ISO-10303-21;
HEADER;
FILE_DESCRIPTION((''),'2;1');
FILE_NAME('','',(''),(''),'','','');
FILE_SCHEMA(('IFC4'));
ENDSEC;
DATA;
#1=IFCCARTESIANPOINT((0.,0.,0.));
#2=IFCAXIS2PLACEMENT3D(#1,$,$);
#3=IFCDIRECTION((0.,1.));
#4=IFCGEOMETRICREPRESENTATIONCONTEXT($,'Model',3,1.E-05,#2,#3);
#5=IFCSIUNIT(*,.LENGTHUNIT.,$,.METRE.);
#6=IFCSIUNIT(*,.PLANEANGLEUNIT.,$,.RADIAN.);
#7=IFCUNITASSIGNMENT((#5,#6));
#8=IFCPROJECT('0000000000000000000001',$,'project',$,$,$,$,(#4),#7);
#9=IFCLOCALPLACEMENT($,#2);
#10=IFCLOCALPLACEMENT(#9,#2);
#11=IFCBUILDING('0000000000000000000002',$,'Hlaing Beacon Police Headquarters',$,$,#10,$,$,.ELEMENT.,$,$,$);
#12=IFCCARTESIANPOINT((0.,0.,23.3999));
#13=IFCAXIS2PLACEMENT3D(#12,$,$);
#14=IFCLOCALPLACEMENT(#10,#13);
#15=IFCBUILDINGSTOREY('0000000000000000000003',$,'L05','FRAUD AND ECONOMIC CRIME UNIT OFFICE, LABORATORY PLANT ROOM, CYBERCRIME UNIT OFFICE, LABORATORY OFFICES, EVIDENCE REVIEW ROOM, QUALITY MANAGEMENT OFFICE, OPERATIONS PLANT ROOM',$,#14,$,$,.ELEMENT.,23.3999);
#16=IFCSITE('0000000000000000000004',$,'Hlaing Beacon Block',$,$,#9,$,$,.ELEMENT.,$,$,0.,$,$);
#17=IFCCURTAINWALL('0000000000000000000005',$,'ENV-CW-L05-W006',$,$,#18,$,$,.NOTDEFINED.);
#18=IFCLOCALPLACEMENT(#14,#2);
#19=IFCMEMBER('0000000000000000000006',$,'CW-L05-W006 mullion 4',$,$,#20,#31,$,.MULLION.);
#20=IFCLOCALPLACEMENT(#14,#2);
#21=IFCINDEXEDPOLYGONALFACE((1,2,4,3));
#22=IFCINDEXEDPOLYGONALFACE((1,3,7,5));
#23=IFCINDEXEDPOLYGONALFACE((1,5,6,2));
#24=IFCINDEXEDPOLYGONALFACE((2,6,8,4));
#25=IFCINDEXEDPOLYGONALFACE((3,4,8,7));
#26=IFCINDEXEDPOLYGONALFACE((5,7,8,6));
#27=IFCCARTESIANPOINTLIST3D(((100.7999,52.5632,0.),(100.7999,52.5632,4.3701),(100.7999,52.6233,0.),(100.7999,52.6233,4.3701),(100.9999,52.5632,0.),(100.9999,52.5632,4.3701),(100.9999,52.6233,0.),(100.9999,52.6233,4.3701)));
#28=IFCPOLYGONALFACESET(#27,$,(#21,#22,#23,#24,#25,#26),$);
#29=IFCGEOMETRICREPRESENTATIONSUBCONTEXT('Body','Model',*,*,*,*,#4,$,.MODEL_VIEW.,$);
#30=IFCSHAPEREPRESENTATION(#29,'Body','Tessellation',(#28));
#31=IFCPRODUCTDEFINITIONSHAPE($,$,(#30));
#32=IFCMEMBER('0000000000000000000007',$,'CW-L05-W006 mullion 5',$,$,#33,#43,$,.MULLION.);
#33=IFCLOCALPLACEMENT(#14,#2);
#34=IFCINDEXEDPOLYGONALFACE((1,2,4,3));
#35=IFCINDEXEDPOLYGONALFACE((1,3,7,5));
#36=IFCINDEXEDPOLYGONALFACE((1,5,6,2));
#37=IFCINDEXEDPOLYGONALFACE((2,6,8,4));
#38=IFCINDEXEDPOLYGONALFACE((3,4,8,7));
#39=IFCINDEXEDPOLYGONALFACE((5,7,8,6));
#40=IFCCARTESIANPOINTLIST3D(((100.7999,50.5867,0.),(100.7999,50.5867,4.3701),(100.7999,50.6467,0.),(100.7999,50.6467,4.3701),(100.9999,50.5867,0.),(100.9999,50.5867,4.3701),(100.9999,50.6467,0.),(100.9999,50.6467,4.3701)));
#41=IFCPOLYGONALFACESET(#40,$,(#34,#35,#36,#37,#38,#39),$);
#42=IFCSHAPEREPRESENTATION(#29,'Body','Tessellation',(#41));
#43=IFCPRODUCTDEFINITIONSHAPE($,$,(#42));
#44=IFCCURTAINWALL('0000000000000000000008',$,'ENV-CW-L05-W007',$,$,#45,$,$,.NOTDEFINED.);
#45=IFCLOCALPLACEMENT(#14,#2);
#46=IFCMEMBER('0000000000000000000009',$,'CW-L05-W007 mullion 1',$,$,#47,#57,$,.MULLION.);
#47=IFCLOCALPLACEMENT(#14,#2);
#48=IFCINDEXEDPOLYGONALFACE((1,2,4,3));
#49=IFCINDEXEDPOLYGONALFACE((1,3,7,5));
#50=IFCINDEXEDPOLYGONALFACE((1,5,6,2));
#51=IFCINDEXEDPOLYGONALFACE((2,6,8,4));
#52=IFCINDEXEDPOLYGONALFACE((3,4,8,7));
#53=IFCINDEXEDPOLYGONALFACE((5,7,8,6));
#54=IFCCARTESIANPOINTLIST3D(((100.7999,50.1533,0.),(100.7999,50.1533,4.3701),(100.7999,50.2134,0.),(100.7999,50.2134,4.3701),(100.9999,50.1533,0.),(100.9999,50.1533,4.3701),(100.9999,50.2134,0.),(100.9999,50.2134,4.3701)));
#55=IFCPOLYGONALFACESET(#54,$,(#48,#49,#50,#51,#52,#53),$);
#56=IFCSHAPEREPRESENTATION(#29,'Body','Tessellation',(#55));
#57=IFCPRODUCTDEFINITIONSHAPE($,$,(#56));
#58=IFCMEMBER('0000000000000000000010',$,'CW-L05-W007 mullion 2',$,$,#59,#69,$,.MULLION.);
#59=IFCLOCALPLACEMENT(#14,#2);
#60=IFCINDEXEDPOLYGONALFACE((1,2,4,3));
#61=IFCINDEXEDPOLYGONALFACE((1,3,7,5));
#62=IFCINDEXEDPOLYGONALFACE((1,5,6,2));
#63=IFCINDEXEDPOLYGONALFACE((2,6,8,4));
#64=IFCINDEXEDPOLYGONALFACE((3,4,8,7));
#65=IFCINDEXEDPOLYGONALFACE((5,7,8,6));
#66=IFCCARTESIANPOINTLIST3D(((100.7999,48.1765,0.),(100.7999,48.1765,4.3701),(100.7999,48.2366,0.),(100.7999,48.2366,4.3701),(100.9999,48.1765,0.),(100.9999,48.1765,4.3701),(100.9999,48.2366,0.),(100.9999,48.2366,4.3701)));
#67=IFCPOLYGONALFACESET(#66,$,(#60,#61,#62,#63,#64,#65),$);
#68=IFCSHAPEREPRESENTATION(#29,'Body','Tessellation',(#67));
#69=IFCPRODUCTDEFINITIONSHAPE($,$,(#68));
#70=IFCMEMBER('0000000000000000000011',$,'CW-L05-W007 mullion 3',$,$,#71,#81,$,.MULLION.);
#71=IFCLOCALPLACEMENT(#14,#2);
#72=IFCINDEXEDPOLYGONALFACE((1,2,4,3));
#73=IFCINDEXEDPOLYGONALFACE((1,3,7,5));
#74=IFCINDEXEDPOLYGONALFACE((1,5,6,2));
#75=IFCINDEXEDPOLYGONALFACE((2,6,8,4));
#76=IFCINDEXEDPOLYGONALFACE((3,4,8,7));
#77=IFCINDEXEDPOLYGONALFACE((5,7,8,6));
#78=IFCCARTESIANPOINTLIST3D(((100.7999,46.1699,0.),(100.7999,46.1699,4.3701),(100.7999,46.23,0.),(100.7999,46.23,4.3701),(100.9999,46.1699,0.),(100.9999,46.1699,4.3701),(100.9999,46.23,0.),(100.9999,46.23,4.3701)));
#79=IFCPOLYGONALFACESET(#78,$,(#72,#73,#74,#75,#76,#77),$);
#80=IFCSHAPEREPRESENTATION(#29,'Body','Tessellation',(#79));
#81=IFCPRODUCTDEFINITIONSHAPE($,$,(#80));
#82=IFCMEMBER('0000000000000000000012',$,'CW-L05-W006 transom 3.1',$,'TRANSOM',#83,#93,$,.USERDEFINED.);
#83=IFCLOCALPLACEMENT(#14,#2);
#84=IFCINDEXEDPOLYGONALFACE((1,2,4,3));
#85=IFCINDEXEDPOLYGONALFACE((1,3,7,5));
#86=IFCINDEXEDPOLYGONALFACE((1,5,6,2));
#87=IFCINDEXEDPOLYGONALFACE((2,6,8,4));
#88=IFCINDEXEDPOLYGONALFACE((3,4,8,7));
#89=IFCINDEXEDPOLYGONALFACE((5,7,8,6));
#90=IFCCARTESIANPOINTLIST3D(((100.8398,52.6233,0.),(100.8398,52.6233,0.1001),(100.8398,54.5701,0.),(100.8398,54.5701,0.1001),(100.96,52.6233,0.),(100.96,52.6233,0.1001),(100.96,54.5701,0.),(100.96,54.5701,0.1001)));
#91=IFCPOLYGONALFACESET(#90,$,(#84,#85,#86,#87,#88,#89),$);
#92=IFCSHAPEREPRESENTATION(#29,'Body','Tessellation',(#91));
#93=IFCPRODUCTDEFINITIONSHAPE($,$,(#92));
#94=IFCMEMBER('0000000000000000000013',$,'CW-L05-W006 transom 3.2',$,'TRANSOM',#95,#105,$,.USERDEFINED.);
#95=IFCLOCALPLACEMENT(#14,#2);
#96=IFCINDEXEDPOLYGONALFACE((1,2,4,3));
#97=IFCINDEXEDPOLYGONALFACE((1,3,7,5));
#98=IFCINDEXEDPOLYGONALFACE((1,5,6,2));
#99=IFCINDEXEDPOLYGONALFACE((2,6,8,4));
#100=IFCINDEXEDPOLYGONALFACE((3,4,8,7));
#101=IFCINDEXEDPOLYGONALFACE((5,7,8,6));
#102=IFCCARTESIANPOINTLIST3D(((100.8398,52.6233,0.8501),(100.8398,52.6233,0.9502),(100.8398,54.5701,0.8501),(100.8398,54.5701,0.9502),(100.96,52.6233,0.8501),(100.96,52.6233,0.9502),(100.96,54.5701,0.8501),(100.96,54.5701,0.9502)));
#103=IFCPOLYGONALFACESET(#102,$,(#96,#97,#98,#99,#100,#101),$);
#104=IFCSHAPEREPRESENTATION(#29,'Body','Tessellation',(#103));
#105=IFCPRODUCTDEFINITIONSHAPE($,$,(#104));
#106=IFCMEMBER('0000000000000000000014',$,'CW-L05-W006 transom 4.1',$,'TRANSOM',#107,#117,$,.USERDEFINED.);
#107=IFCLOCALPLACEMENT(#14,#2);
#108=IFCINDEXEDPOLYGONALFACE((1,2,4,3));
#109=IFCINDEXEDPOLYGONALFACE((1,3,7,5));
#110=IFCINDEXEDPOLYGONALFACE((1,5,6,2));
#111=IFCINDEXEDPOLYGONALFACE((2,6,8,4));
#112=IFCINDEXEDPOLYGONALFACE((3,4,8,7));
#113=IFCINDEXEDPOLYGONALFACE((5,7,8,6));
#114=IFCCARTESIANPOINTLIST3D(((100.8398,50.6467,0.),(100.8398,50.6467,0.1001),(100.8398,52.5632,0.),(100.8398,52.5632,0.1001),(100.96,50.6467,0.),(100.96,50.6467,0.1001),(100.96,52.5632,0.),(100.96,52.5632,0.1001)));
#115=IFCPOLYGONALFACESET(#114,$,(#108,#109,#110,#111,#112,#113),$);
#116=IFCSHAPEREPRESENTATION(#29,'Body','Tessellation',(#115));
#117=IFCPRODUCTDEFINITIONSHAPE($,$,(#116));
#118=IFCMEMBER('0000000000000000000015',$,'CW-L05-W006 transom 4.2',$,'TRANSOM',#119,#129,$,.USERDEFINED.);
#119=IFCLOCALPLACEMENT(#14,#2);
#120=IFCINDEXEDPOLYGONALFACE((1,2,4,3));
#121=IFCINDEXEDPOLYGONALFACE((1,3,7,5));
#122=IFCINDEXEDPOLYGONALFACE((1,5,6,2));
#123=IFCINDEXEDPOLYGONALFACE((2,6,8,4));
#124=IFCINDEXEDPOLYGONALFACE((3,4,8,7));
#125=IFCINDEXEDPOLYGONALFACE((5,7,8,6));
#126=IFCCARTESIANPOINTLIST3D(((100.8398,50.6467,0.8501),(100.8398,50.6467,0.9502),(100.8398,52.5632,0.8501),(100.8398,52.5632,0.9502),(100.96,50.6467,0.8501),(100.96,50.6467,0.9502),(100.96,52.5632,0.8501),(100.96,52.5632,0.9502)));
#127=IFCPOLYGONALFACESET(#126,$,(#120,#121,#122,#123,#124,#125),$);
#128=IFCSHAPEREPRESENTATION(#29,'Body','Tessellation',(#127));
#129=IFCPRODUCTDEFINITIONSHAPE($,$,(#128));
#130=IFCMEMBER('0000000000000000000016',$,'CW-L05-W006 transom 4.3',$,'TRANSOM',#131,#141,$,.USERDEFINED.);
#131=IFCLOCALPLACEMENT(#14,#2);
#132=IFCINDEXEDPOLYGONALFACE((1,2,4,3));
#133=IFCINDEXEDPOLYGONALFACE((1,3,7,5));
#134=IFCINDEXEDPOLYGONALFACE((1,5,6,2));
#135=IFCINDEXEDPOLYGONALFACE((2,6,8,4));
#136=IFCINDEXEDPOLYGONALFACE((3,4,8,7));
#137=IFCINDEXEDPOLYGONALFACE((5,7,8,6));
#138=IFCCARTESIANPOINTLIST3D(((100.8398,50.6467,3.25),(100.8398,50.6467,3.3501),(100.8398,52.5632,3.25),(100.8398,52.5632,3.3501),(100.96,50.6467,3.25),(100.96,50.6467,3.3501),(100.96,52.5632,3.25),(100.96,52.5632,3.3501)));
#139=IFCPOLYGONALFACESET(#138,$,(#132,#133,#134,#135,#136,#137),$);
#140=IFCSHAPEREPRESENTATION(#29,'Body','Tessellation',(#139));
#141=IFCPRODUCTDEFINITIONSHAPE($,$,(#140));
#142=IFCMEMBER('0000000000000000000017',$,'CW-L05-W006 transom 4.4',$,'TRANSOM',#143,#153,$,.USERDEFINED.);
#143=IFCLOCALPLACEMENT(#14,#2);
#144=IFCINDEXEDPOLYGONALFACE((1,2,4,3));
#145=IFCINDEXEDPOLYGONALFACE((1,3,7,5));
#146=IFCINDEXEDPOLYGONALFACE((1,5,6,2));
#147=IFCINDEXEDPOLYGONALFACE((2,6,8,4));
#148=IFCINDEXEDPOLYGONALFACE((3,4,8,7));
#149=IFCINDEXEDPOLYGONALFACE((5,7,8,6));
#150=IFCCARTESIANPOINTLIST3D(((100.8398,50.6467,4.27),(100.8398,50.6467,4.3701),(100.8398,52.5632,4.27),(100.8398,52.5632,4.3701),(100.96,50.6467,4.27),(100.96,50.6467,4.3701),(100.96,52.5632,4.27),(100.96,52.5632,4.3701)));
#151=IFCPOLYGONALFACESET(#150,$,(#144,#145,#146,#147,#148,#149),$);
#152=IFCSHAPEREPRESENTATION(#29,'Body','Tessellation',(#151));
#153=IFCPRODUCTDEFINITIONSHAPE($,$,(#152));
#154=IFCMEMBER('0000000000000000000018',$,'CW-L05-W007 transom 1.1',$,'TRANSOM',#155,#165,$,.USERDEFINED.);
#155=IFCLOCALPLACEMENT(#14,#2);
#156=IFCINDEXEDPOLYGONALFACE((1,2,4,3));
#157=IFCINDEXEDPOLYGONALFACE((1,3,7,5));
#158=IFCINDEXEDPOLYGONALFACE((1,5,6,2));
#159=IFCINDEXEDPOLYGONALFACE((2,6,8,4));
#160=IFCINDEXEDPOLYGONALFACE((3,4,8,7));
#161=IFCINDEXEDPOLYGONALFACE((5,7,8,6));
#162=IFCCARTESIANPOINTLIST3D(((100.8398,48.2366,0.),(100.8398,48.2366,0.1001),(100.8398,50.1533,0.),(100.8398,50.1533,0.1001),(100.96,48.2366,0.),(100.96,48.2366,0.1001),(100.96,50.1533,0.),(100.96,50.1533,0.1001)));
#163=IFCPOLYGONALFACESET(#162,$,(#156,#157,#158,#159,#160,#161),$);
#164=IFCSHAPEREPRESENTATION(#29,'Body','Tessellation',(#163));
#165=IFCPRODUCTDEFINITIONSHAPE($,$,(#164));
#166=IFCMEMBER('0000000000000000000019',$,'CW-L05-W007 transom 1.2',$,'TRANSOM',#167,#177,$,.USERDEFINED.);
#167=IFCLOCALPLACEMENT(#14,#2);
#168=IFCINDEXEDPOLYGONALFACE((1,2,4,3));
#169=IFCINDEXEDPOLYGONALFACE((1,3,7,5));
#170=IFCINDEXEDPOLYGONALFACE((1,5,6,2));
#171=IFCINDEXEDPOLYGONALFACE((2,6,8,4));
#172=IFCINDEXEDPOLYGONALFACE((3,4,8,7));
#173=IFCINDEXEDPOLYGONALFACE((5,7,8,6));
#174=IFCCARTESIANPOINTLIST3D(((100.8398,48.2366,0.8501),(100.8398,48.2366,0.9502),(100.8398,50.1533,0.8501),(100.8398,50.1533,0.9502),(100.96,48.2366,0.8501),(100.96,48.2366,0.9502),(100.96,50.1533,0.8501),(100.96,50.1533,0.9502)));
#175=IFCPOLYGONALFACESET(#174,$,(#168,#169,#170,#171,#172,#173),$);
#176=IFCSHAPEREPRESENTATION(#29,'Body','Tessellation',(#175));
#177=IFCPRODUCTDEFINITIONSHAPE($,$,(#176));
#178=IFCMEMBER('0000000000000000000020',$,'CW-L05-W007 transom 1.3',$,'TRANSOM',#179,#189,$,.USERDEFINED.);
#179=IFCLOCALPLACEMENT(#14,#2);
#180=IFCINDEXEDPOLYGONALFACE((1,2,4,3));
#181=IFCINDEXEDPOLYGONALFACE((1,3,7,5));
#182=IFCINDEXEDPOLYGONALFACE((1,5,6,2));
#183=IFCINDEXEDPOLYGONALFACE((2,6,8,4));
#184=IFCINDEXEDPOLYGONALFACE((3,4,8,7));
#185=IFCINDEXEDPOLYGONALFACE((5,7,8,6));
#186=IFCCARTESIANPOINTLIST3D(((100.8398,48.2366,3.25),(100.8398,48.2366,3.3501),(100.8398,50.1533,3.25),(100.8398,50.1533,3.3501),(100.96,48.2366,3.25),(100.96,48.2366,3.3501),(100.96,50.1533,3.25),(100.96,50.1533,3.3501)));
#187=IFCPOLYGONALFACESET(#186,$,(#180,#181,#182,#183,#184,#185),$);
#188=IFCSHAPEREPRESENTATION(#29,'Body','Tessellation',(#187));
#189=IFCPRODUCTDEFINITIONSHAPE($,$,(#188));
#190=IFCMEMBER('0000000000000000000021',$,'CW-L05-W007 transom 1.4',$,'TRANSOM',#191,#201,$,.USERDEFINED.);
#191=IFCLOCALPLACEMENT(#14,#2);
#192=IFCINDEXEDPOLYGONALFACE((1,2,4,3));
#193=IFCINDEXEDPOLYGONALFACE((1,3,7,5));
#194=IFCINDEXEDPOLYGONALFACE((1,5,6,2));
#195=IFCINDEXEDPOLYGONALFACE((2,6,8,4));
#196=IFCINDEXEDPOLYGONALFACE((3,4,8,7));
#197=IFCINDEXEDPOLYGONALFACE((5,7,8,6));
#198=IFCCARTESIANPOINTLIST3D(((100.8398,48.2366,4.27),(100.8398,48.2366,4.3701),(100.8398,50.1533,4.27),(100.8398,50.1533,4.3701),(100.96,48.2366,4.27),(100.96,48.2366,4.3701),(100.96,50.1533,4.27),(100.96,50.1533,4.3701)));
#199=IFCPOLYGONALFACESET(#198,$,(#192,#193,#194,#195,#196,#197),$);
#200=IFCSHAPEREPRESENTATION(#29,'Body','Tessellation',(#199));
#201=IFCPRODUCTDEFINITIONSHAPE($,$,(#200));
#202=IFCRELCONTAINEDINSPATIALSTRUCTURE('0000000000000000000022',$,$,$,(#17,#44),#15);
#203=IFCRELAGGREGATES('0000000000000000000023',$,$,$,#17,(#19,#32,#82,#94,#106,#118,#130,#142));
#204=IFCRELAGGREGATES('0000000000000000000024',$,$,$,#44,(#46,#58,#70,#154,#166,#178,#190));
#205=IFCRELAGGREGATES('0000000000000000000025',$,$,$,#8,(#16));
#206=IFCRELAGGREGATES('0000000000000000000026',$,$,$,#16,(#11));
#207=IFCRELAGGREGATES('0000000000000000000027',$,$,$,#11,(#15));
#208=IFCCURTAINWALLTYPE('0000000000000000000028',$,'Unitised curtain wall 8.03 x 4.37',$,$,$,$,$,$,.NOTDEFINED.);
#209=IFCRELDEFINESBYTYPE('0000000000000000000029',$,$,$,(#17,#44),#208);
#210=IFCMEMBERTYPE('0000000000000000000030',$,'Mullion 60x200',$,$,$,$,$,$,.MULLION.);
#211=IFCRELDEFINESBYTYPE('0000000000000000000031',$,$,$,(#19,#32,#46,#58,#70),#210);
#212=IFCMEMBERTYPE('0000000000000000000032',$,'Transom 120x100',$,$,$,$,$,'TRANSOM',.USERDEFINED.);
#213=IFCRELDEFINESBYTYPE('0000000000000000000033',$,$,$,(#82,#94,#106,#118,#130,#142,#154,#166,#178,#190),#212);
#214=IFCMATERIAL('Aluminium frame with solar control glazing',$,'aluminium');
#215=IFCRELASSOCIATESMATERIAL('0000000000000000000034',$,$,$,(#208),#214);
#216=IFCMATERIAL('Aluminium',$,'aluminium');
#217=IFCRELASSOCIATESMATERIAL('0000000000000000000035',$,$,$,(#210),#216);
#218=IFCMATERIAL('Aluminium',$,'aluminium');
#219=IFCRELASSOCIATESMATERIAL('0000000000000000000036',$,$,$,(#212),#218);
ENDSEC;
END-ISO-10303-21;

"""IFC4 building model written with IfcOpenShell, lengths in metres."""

from ifc_helpers import new_model, si_unit, direction, frame, origin, origin_2d, place, context, subcontext, project, spatial, rectangle, extrude, material, material_profile, profile_set, type_object, element, aggregate, save


model = new_model("IFC4")

# Units and contexts
model_context = context("Model", 3, precision=1e-05, world=origin(), true_north=direction((0.0, 1.0)))
body_context = subcontext(model_context, "Body", "Model", "MODEL_VIEW")
ifc_project = project(units=[si_unit("LENGTHUNIT", "METRE"), si_unit("PLANEANGLEUNIT", "RADIAN")], contexts=[model_context])

# Site, building, storey
site_placement = place(None, origin())
site = spatial("IfcSite", under=ifc_project, at=site_placement, Name="Hlaing Beacon Block", CompositionType="ELEMENT", RefElevation=0.0)
building_placement = place(site_placement, origin())
building = spatial("IfcBuilding", under=site, at=building_placement, Name="Hlaing Beacon Police Headquarters", CompositionType="ELEMENT")
storey_placement = place(building_placement, frame((0.0, 0.0, 23.3999)))
storey = spatial("IfcBuildingStorey", under=building, at=storey_placement, Name="L05", Description="FRAUD AND ECONOMIC CRIME UNIT OFFICE, LABORATORY PLANT ROOM, CYBERCRIME UNIT OFFICE, LABORATORY OFFICES, EVIDENCE REVIEW ROOM, QUALITY MANAGEMENT OFFICE, OPERATIONS PLANT ROOM", CompositionType="ELEMENT", Elevation=23.3999)

# Curtain walls, members
ifc_material_1 = material(Name="Aluminium frame with solar control glazing", Category="aluminium")
curtain_wall_type = type_object("IfcCurtainWallType", Name="Unitised curtain wall 8.03 x 4.37", PredefinedType="NOTDEFINED", material=ifc_material_1)
curtain_wall_1_placement = place(storey_placement, origin())
curtain_wall_1 = element("IfcCurtainWall", 1, at=curtain_wall_1_placement, inside=storey, type_object=curtain_wall_type, Name="ENV-CW-L05-W006", PredefinedType="NOTDEFINED")
ifc_material_2 = material(Name="Aluminium", Category="aluminium")
ifc_material_profile_1 = material_profile(ifc_material_2, rectangle(XDim=0.2, YDim=0.0601, at=origin_2d()), Name="Mullion 60x200")
ifc_profile_set_1 = profile_set([ifc_material_profile_1], Name="Aluminium")
member_type_1 = type_object("IfcMemberType", Name="Mullion 60x200", PredefinedType="MULLION", material=ifc_profile_set_1)
member_1_placement = place(storey_placement, frame((100.8999, 52.5933, 0.0), z_axis=(0.0, 0.0, 1.0), x_axis=(1.0, 0.0, 0.0)))
member_1 = element("IfcMember", 2, at=member_1_placement, type_object=member_type_1, Name="CW-L05-W006 mullion 4", PredefinedType="MULLION", context=body_context, shape_type="SweptSolid", body=[
    extrude(rectangle(XDim=0.2, YDim=0.0601, at=origin_2d()), origin(), (0.0, 0.0, 1.0), 4.3701),
])
member_2_placement = place(storey_placement, frame((100.8999, 50.6167, 0.0), z_axis=(0.0, 0.0, 1.0), x_axis=(1.0, 0.0, 0.0)))
member_2 = element("IfcMember", 3, at=member_2_placement, type_object=member_type_1, Name="CW-L05-W006 mullion 5", PredefinedType="MULLION", context=body_context, shape_type="SweptSolid", body=[
    extrude(rectangle(XDim=0.2, YDim=0.0601, at=origin_2d()), origin(), (0.0, 0.0, 1.0), 4.3701),
])
curtain_wall_2_placement = place(storey_placement, origin())
curtain_wall_2 = element("IfcCurtainWall", 4, at=curtain_wall_2_placement, inside=storey, type_object=curtain_wall_type, Name="ENV-CW-L05-W007", PredefinedType="NOTDEFINED")
member_3_placement = place(storey_placement, frame((100.8999, 50.1833, 0.0), z_axis=(0.0, 0.0, 1.0), x_axis=(1.0, 0.0, 0.0)))
member_3 = element("IfcMember", 5, at=member_3_placement, type_object=member_type_1, Name="CW-L05-W007 mullion 1", PredefinedType="MULLION", context=body_context, shape_type="SweptSolid", body=[
    extrude(rectangle(XDim=0.2, YDim=0.0601, at=origin_2d()), origin(), (0.0, 0.0, 1.0), 4.3701),
])
member_4_placement = place(storey_placement, frame((100.8999, 48.2065, 0.0), z_axis=(0.0, 0.0, 1.0), x_axis=(1.0, 0.0, 0.0)))
member_4 = element("IfcMember", 6, at=member_4_placement, type_object=member_type_1, Name="CW-L05-W007 mullion 2", PredefinedType="MULLION", context=body_context, shape_type="SweptSolid", body=[
    extrude(rectangle(XDim=0.2, YDim=0.0601, at=origin_2d()), origin(), (0.0, 0.0, 1.0), 4.3701),
])
member_5_placement = place(storey_placement, frame((100.8999, 46.2, 0.0), z_axis=(0.0, 0.0, 1.0), x_axis=(1.0, 0.0, 0.0)))
member_5 = element("IfcMember", 7, at=member_5_placement, type_object=member_type_1, Name="CW-L05-W007 mullion 3", PredefinedType="MULLION", context=body_context, shape_type="SweptSolid", body=[
    extrude(rectangle(XDim=0.2, YDim=0.0601, at=origin_2d()), origin(), (0.0, 0.0, 1.0), 4.3701),
])

# Members
ifc_material_3 = material(Name="Aluminium", Category="aluminium")
ifc_material_profile_2 = material_profile(ifc_material_3, rectangle(XDim=0.1201, YDim=0.1001, at=origin_2d()), Name="Transom 120x100")
ifc_profile_set_2 = profile_set([ifc_material_profile_2], Name="Aluminium")
member_type_2 = type_object("IfcMemberType", Name="Transom 120x100", ElementType="TRANSOM", PredefinedType="USERDEFINED", material=ifc_profile_set_2)
member_6_placement = place(storey_placement, frame((100.8999, 54.5701, 0.05), z_axis=(0.0, -1.0, 0.0), x_axis=(1.0, 0.0, 0.0)))
member_6 = element("IfcMember", 8, at=member_6_placement, type_object=member_type_2, Name="CW-L05-W006 transom 3.1", ObjectType="TRANSOM", PredefinedType="USERDEFINED", context=body_context, shape_type="SweptSolid", body=[
    extrude(rectangle(XDim=0.1201, YDim=0.1001, at=origin_2d()), origin(), (0.0, 0.0, 1.0), 1.9468),
])
member_7_placement = place(storey_placement, frame((100.8999, 54.5701, 0.9001), z_axis=(0.0, -1.0, 0.0), x_axis=(1.0, 0.0, 0.0)))
member_7 = element("IfcMember", 9, at=member_7_placement, type_object=member_type_2, Name="CW-L05-W006 transom 3.2", ObjectType="TRANSOM", PredefinedType="USERDEFINED", context=body_context, shape_type="SweptSolid", body=[
    extrude(rectangle(XDim=0.1201, YDim=0.1001, at=origin_2d()), origin(), (0.0, 0.0, 1.0), 1.9468),
])
member_8_placement = place(storey_placement, frame((100.8999, 52.5632, 0.05), z_axis=(0.0, -1.0, 0.0), x_axis=(1.0, 0.0, 0.0)))
member_8 = element("IfcMember", 10, at=member_8_placement, type_object=member_type_2, Name="CW-L05-W006 transom 4.1", ObjectType="TRANSOM", PredefinedType="USERDEFINED", context=body_context, shape_type="SweptSolid", body=[
    extrude(rectangle(XDim=0.1201, YDim=0.1001, at=origin_2d()), origin(), (0.0, 0.0, 1.0), 1.9165),
])
member_9_placement = place(storey_placement, frame((100.8999, 52.5632, 0.9001), z_axis=(0.0, -1.0, 0.0), x_axis=(1.0, 0.0, 0.0)))
member_9 = element("IfcMember", 11, at=member_9_placement, type_object=member_type_2, Name="CW-L05-W006 transom 4.2", ObjectType="TRANSOM", PredefinedType="USERDEFINED", context=body_context, shape_type="SweptSolid", body=[
    extrude(rectangle(XDim=0.1201, YDim=0.1001, at=origin_2d()), origin(), (0.0, 0.0, 1.0), 1.9165),
])
member_10_placement = place(storey_placement, frame((100.8999, 52.5632, 3.3), z_axis=(0.0, -1.0, 0.0), x_axis=(1.0, 0.0, 0.0)))
member_10 = element("IfcMember", 12, at=member_10_placement, type_object=member_type_2, Name="CW-L05-W006 transom 4.3", ObjectType="TRANSOM", PredefinedType="USERDEFINED", context=body_context, shape_type="SweptSolid", body=[
    extrude(rectangle(XDim=0.1201, YDim=0.1001, at=origin_2d()), origin(), (0.0, 0.0, 1.0), 1.9165),
])
member_11_placement = place(storey_placement, frame((100.8999, 52.5632, 4.3201), z_axis=(0.0, -1.0, 0.0), x_axis=(1.0, 0.0, 0.0)))
member_11 = element("IfcMember", 13, at=member_11_placement, type_object=member_type_2, Name="CW-L05-W006 transom 4.4", ObjectType="TRANSOM", PredefinedType="USERDEFINED", context=body_context, shape_type="SweptSolid", body=[
    extrude(rectangle(XDim=0.1201, YDim=0.1001, at=origin_2d()), origin(), (0.0, 0.0, 1.0), 1.9165),
])
aggregate(curtain_wall_1, [member_1, member_2, member_6, member_7, member_8, member_9, member_10, member_11])
member_12_placement = place(storey_placement, frame((100.8999, 50.1533, 0.05), z_axis=(0.0, -1.0, 0.0), x_axis=(1.0, 0.0, 0.0)))
member_12 = element("IfcMember", 14, at=member_12_placement, type_object=member_type_2, Name="CW-L05-W007 transom 1.1", ObjectType="TRANSOM", PredefinedType="USERDEFINED", context=body_context, shape_type="SweptSolid", body=[
    extrude(rectangle(XDim=0.1201, YDim=0.1001, at=origin_2d()), origin(), (0.0, 0.0, 1.0), 1.9167),
])
member_13_placement = place(storey_placement, frame((100.8999, 50.1533, 0.9001), z_axis=(0.0, -1.0, 0.0), x_axis=(1.0, 0.0, 0.0)))
member_13 = element("IfcMember", 15, at=member_13_placement, type_object=member_type_2, Name="CW-L05-W007 transom 1.2", ObjectType="TRANSOM", PredefinedType="USERDEFINED", context=body_context, shape_type="SweptSolid", body=[
    extrude(rectangle(XDim=0.1201, YDim=0.1001, at=origin_2d()), origin(), (0.0, 0.0, 1.0), 1.9167),
])
member_14_placement = place(storey_placement, frame((100.8999, 50.1533, 3.3), z_axis=(0.0, -1.0, 0.0), x_axis=(1.0, 0.0, 0.0)))
member_14 = element("IfcMember", 16, at=member_14_placement, type_object=member_type_2, Name="CW-L05-W007 transom 1.3", ObjectType="TRANSOM", PredefinedType="USERDEFINED", context=body_context, shape_type="SweptSolid", body=[
    extrude(rectangle(XDim=0.1201, YDim=0.1001, at=origin_2d()), origin(), (0.0, 0.0, 1.0), 1.9167),
])
member_15_placement = place(storey_placement, frame((100.8999, 50.1533, 4.3201), z_axis=(0.0, -1.0, 0.0), x_axis=(1.0, 0.0, 0.0)))
member_15 = element("IfcMember", 17, at=member_15_placement, type_object=member_type_2, Name="CW-L05-W007 transom 1.4", ObjectType="TRANSOM", PredefinedType="USERDEFINED", context=body_context, shape_type="SweptSolid", body=[
    extrude(rectangle(XDim=0.1201, YDim=0.1001, at=origin_2d()), origin(), (0.0, 0.0, 1.0), 1.9167),
])
aggregate(curtain_wall_2, [member_3, member_4, member_5, member_12, member_13, member_14, member_15])

save(model, "model.ifc")
